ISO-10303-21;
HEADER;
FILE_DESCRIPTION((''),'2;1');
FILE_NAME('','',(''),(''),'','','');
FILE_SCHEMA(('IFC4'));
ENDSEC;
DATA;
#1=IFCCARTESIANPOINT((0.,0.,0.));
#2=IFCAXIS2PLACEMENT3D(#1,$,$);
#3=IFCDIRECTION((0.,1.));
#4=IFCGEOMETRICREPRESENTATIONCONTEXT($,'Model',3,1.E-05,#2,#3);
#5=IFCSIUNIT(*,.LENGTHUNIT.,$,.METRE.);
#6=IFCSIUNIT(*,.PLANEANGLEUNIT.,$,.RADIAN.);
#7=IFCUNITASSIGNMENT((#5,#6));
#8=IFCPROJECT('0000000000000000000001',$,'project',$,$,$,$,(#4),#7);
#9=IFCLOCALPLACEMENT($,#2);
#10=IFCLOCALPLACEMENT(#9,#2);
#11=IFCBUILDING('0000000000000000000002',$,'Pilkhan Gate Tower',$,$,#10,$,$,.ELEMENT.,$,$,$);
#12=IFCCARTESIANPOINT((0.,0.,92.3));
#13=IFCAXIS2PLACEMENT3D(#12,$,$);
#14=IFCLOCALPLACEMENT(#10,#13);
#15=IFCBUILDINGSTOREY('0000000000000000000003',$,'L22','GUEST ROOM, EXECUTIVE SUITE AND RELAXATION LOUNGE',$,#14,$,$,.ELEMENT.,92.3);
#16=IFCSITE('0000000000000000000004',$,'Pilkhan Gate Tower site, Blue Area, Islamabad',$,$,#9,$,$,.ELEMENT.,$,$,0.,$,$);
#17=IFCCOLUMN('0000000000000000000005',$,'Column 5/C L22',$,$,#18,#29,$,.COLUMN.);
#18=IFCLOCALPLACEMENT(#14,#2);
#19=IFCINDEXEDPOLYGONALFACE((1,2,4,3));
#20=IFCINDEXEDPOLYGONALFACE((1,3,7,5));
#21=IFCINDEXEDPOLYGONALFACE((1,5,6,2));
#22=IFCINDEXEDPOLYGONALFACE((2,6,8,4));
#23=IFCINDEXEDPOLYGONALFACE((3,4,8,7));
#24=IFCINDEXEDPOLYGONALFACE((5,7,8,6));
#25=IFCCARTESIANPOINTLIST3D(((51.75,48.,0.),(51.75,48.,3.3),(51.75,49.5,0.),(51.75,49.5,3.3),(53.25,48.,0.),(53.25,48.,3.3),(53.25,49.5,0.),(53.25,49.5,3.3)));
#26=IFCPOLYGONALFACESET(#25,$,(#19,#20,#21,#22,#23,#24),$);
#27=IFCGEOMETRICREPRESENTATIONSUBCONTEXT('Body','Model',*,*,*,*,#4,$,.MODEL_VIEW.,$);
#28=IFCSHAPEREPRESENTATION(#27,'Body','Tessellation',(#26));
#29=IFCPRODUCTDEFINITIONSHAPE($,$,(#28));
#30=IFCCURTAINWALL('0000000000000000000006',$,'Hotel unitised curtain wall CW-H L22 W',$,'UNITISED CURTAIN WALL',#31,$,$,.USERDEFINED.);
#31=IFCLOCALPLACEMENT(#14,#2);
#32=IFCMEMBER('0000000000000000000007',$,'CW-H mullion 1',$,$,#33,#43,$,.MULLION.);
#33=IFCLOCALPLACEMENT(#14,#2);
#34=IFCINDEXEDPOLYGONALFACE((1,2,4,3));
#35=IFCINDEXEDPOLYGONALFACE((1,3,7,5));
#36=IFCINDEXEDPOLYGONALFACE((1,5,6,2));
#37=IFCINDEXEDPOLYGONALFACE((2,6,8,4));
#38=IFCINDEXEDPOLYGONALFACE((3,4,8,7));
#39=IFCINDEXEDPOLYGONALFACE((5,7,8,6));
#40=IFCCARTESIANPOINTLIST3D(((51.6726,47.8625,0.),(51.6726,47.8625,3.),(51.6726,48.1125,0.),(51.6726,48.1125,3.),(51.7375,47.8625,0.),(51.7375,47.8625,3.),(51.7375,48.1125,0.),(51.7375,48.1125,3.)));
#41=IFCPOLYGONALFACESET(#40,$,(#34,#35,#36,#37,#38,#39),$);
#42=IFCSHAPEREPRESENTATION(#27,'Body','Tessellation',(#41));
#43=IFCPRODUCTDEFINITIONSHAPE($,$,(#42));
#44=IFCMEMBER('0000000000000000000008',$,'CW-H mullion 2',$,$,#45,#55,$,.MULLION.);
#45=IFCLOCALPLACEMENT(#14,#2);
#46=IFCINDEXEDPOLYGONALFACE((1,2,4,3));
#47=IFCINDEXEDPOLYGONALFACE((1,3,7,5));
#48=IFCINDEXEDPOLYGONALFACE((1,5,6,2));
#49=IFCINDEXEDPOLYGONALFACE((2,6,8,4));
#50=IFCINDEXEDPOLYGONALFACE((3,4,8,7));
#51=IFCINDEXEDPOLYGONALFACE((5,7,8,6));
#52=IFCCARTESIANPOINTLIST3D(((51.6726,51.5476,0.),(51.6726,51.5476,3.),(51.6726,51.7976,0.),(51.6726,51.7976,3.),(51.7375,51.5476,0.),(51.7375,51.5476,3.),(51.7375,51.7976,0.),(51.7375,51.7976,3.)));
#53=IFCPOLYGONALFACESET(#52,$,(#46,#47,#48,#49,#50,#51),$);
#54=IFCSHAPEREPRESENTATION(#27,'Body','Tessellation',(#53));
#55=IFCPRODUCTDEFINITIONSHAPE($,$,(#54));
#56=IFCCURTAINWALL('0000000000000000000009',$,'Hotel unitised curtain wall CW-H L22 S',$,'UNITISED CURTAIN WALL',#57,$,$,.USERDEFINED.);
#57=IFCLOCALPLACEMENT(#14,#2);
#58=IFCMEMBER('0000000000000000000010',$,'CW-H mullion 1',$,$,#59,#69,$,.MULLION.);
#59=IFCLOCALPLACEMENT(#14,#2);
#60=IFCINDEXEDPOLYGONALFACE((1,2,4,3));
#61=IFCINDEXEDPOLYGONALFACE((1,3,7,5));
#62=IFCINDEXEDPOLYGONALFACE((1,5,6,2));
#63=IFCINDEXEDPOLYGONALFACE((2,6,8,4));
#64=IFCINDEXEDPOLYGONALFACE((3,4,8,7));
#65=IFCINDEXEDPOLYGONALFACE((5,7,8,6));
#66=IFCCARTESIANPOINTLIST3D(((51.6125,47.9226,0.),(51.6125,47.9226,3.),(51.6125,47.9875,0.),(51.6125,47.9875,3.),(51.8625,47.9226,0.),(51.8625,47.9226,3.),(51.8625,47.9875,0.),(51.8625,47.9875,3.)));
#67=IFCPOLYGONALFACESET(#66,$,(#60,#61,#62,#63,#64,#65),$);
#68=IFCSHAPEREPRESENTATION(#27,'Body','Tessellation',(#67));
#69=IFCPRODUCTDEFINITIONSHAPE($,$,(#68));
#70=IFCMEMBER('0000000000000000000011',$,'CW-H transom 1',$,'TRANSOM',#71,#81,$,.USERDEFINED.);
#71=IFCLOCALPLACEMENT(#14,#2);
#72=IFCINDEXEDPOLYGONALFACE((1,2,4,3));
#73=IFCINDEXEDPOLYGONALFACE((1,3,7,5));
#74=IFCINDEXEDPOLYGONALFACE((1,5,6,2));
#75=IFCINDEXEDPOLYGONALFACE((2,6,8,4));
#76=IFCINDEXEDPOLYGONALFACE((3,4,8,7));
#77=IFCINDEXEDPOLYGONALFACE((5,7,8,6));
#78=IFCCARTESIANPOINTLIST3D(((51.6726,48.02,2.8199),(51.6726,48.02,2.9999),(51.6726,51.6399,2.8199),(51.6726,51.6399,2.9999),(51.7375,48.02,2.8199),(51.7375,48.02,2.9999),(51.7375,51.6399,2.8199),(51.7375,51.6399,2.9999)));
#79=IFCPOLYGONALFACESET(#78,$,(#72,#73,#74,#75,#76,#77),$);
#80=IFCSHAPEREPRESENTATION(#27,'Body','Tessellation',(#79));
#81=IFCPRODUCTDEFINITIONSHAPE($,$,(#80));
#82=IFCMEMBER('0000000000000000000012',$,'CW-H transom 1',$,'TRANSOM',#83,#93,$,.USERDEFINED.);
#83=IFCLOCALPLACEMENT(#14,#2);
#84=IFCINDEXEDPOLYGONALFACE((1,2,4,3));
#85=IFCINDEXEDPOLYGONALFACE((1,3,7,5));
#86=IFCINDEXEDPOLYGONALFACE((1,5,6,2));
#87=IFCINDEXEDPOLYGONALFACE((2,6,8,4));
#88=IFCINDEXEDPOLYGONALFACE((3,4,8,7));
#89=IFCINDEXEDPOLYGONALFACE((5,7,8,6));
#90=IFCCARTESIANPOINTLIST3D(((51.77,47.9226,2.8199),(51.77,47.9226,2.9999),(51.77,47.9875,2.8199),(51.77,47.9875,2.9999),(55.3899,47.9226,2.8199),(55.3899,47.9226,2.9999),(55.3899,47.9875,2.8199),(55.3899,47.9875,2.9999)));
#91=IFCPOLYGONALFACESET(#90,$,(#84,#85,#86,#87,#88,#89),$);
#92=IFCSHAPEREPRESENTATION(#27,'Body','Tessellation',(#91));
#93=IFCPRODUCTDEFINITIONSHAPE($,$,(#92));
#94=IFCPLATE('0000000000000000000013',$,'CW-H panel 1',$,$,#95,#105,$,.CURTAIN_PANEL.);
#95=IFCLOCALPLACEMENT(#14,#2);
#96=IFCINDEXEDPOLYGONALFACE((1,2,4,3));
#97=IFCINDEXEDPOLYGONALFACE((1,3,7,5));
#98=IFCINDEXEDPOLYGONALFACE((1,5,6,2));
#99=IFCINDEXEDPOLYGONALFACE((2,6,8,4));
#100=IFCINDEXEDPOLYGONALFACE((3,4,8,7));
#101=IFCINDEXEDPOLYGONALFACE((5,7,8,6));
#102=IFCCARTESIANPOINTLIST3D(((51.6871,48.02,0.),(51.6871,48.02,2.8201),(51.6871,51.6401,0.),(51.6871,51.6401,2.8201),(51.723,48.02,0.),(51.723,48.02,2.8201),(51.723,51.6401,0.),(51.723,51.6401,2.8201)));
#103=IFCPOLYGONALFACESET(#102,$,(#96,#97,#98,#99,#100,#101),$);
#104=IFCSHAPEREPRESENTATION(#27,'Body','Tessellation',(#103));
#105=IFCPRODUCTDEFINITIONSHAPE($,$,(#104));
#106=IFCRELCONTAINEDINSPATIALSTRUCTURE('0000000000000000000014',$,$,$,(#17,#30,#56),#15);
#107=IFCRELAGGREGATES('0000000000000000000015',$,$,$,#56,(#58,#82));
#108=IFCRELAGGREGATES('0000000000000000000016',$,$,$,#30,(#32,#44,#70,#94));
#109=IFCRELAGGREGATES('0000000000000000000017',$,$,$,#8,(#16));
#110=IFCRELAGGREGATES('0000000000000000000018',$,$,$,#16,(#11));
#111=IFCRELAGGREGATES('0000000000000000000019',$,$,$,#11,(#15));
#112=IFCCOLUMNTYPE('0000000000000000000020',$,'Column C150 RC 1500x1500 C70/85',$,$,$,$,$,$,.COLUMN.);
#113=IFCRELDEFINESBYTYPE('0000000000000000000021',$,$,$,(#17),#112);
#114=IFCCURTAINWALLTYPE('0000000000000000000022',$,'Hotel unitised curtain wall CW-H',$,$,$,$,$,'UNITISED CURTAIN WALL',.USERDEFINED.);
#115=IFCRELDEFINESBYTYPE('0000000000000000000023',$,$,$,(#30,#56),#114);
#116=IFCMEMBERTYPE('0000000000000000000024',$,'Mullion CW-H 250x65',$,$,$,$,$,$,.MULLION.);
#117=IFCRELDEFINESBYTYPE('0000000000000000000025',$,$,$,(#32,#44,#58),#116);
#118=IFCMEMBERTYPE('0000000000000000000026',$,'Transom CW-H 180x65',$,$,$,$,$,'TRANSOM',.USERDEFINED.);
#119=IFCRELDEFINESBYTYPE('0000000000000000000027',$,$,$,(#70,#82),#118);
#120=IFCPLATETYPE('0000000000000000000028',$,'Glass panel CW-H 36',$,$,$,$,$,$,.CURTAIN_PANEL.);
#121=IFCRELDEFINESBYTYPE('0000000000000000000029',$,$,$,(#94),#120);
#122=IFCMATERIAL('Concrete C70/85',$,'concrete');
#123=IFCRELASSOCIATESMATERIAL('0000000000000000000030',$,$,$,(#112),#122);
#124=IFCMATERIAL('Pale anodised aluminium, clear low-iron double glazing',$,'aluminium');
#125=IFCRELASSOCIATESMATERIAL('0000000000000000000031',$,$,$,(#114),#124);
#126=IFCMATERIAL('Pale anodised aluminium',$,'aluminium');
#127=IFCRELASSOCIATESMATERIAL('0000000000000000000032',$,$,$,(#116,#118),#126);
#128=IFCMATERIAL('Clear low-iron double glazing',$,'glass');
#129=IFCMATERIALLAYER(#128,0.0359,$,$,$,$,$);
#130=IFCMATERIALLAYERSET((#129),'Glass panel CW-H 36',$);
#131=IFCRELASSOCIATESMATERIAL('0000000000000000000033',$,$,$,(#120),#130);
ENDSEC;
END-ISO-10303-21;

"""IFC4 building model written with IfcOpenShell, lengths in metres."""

from ifc_helpers import new_model, si_unit, direction, frame, origin, origin_2d, place, context, subcontext, project, spatial, rectangle, extrude, material, layer, layer_set, material_profile, profile_set, type_object, element, aggregate, save


model = new_model("IFC4")

# Units and contexts
model_context = context("Model", 3, precision=1e-05, world=origin(), true_north=direction((0.0, 1.0)))
body_context = subcontext(model_context, "Body", "Model", "MODEL_VIEW")
ifc_project = project(units=[si_unit("LENGTHUNIT", "METRE"), si_unit("PLANEANGLEUNIT", "RADIAN")], contexts=[model_context])

# Site, building, storey
site_placement = place(None, origin())
site = spatial("IfcSite", under=ifc_project, at=site_placement, Name="Pilkhan Gate Tower site, Blue Area, Islamabad", CompositionType="ELEMENT", RefElevation=0.0)
building_placement = place(site_placement, origin())
building = spatial("IfcBuilding", under=site, at=building_placement, Name="Pilkhan Gate Tower", CompositionType="ELEMENT")
storey_placement = place(building_placement, frame((0.0, 0.0, 92.3)))
storey = spatial("IfcBuildingStorey", under=building, at=storey_placement, Name="L22", Description="GUEST ROOM, EXECUTIVE SUITE AND RELAXATION LOUNGE", CompositionType="ELEMENT", Elevation=92.3)

# Column
ifc_material_1 = material(Name="Concrete C70/85", Category="concrete")
ifc_material_profile_1 = material_profile(ifc_material_1, rectangle(XDim=1.5, YDim=1.5, at=origin_2d()), Name="RC 1500x1500")
ifc_profile_set_1 = profile_set([ifc_material_profile_1], Name="Concrete C70/85")
column_type = type_object("IfcColumnType", Name="Column C150 RC 1500x1500 C70/85", PredefinedType="COLUMN", material=ifc_profile_set_1)
column_placement = place(storey_placement, frame((52.5, 48.75, 0.0), z_axis=(0.0, 0.0, 1.0), x_axis=(1.0, 0.0, 0.0)))
element("IfcColumn", 1, at=column_placement, inside=storey, type_object=column_type, Name="Column 5/C L22", PredefinedType="COLUMN", context=body_context, shape_type="SweptSolid", body=[
    extrude(rectangle(XDim=1.5, YDim=1.5, at=origin_2d()), origin(), (0.0, 0.0, 1.0), 3.3),
])

# Curtain wall, members
ifc_material_2 = material(Name="Pale anodised aluminium, clear low-iron double glazing", Category="aluminium")
curtain_wall_type = type_object("IfcCurtainWallType", Name="Hotel unitised curtain wall CW-H", ElementType="UNITISED CURTAIN WALL", PredefinedType="USERDEFINED", material=ifc_material_2)
curtain_wall_1_placement = place(storey_placement, origin())
curtain_wall_1 = element("IfcCurtainWall", 2, at=curtain_wall_1_placement, inside=storey, type_object=curtain_wall_type, Name="Hotel unitised curtain wall CW-H L22 W", ObjectType="UNITISED CURTAIN WALL", PredefinedType="USERDEFINED")
ifc_material_3 = material(Name="Pale anodised aluminium", Category="aluminium")
ifc_material_profile_2 = material_profile(ifc_material_3, rectangle(XDim=0.0649, YDim=0.25, at=origin_2d()), Name="Mullion 250x65")
ifc_profile_set_2 = profile_set([ifc_material_profile_2], Name="Pale anodised aluminium")
member_type_1 = type_object("IfcMemberType", Name="Mullion CW-H 250x65", PredefinedType="MULLION", material=ifc_profile_set_2)
member_1_placement = place(storey_placement, frame((51.7051, 47.9875, 0.0), z_axis=(0.0, 0.0, 1.0), x_axis=(-1.0, 0.0, 0.0)))
member_1 = element("IfcMember", 3, at=member_1_placement, type_object=member_type_1, Name="CW-H mullion 1", PredefinedType="MULLION", context=body_context, shape_type="SweptSolid", body=[
    extrude(rectangle(XDim=0.0649, YDim=0.25, at=origin_2d()), origin(), (0.0, 0.0, 1.0), 3.0),
])
member_2_placement = place(storey_placement, frame((51.7051, 51.6726, 0.0), z_axis=(0.0, 0.0, 1.0), x_axis=(-1.0, 0.0, 0.0)))
member_2 = element("IfcMember", 4, at=member_2_placement, type_object=member_type_1, Name="CW-H mullion 2", PredefinedType="MULLION", context=body_context, shape_type="SweptSolid", body=[
    extrude(rectangle(XDim=0.0649, YDim=0.25, at=origin_2d()), origin(), (0.0, 0.0, 1.0), 3.0),
])

# Curtain wall, member
curtain_wall_2_placement = place(storey_placement, origin())
curtain_wall_2 = element("IfcCurtainWall", 5, at=curtain_wall_2_placement, inside=storey, type_object=curtain_wall_type, Name="Hotel unitised curtain wall CW-H L22 S", ObjectType="UNITISED CURTAIN WALL", PredefinedType="USERDEFINED")
member_3_placement = place(storey_placement, frame((51.7375, 47.9551, 0.0), z_axis=(0.0, 0.0, 1.0), x_axis=(0.0, 1.0, 0.0)))
member_3 = element("IfcMember", 6, at=member_3_placement, type_object=member_type_1, Name="CW-H mullion 1", PredefinedType="MULLION", context=body_context, shape_type="SweptSolid", body=[
    extrude(rectangle(XDim=0.0649, YDim=0.25, at=origin_2d()), origin(), (0.0, 0.0, 1.0), 3.0),
])

# Members
ifc_material_profile_3 = material_profile(ifc_material_3, rectangle(XDim=0.0649, YDim=0.1799, at=origin_2d()), Name="Transom 180x65")
ifc_profile_set_3 = profile_set([ifc_material_profile_3], Name="Pale anodised aluminium")
member_type_2 = type_object("IfcMemberType", Name="Transom CW-H 180x65", ElementType="TRANSOM", PredefinedType="USERDEFINED", material=ifc_profile_set_3)
member_4_placement = place(storey_placement, frame((51.7051, 48.02, 2.9099), z_axis=(0.0, 1.0, 0.0), x_axis=(-1.0, 0.0, 0.0)))
member_4 = element("IfcMember", 7, at=member_4_placement, type_object=member_type_2, Name="CW-H transom 1", ObjectType="TRANSOM", PredefinedType="USERDEFINED", context=body_context, shape_type="SweptSolid", body=[
    extrude(rectangle(XDim=0.0649, YDim=0.1799, at=origin_2d()), origin(), (0.0, 0.0, 1.0), 3.6199),
])
member_5_placement = place(storey_placement, frame((51.77, 47.9551, 2.9099), z_axis=(1.0, 0.0, 0.0), x_axis=(0.0, 1.0, 0.0)))
member_5 = element("IfcMember", 8, at=member_5_placement, type_object=member_type_2, Name="CW-H transom 1", ObjectType="TRANSOM", PredefinedType="USERDEFINED", context=body_context, shape_type="SweptSolid", body=[
    extrude(rectangle(XDim=0.0649, YDim=0.1799, at=origin_2d()), origin(), (0.0, 0.0, 1.0), 3.6199),
])
aggregate(curtain_wall_2, [member_3, member_5])

# Plate
ifc_material_4 = material(Name="Clear low-iron double glazing", Category="glass")
ifc_layer_1 = layer(ifc_material_4, 0.0359)
ifc_layer_set_1 = layer_set([ifc_layer_1], Name="Glass panel CW-H 36")
plate_type = type_object("IfcPlateType", Name="Glass panel CW-H 36", PredefinedType="CURTAIN_PANEL", material=ifc_layer_set_1)
plate_placement = place(storey_placement, frame((51.7051, 49.8301, 0.0), z_axis=(0.0, 0.0, 1.0), x_axis=(0.0, 1.0, 0.0)))
plate = element("IfcPlate", 9, at=plate_placement, type_object=plate_type, Name="CW-H panel 1", PredefinedType="CURTAIN_PANEL", context=body_context, shape_type="SweptSolid", body=[
    extrude(rectangle(XDim=3.6201, YDim=0.0359, at=origin_2d()), origin(), (0.0, 0.0, 1.0), 2.8201),
])
aggregate(curtain_wall_1, [member_1, member_2, member_4, plate])

save(model, "model.ifc")
